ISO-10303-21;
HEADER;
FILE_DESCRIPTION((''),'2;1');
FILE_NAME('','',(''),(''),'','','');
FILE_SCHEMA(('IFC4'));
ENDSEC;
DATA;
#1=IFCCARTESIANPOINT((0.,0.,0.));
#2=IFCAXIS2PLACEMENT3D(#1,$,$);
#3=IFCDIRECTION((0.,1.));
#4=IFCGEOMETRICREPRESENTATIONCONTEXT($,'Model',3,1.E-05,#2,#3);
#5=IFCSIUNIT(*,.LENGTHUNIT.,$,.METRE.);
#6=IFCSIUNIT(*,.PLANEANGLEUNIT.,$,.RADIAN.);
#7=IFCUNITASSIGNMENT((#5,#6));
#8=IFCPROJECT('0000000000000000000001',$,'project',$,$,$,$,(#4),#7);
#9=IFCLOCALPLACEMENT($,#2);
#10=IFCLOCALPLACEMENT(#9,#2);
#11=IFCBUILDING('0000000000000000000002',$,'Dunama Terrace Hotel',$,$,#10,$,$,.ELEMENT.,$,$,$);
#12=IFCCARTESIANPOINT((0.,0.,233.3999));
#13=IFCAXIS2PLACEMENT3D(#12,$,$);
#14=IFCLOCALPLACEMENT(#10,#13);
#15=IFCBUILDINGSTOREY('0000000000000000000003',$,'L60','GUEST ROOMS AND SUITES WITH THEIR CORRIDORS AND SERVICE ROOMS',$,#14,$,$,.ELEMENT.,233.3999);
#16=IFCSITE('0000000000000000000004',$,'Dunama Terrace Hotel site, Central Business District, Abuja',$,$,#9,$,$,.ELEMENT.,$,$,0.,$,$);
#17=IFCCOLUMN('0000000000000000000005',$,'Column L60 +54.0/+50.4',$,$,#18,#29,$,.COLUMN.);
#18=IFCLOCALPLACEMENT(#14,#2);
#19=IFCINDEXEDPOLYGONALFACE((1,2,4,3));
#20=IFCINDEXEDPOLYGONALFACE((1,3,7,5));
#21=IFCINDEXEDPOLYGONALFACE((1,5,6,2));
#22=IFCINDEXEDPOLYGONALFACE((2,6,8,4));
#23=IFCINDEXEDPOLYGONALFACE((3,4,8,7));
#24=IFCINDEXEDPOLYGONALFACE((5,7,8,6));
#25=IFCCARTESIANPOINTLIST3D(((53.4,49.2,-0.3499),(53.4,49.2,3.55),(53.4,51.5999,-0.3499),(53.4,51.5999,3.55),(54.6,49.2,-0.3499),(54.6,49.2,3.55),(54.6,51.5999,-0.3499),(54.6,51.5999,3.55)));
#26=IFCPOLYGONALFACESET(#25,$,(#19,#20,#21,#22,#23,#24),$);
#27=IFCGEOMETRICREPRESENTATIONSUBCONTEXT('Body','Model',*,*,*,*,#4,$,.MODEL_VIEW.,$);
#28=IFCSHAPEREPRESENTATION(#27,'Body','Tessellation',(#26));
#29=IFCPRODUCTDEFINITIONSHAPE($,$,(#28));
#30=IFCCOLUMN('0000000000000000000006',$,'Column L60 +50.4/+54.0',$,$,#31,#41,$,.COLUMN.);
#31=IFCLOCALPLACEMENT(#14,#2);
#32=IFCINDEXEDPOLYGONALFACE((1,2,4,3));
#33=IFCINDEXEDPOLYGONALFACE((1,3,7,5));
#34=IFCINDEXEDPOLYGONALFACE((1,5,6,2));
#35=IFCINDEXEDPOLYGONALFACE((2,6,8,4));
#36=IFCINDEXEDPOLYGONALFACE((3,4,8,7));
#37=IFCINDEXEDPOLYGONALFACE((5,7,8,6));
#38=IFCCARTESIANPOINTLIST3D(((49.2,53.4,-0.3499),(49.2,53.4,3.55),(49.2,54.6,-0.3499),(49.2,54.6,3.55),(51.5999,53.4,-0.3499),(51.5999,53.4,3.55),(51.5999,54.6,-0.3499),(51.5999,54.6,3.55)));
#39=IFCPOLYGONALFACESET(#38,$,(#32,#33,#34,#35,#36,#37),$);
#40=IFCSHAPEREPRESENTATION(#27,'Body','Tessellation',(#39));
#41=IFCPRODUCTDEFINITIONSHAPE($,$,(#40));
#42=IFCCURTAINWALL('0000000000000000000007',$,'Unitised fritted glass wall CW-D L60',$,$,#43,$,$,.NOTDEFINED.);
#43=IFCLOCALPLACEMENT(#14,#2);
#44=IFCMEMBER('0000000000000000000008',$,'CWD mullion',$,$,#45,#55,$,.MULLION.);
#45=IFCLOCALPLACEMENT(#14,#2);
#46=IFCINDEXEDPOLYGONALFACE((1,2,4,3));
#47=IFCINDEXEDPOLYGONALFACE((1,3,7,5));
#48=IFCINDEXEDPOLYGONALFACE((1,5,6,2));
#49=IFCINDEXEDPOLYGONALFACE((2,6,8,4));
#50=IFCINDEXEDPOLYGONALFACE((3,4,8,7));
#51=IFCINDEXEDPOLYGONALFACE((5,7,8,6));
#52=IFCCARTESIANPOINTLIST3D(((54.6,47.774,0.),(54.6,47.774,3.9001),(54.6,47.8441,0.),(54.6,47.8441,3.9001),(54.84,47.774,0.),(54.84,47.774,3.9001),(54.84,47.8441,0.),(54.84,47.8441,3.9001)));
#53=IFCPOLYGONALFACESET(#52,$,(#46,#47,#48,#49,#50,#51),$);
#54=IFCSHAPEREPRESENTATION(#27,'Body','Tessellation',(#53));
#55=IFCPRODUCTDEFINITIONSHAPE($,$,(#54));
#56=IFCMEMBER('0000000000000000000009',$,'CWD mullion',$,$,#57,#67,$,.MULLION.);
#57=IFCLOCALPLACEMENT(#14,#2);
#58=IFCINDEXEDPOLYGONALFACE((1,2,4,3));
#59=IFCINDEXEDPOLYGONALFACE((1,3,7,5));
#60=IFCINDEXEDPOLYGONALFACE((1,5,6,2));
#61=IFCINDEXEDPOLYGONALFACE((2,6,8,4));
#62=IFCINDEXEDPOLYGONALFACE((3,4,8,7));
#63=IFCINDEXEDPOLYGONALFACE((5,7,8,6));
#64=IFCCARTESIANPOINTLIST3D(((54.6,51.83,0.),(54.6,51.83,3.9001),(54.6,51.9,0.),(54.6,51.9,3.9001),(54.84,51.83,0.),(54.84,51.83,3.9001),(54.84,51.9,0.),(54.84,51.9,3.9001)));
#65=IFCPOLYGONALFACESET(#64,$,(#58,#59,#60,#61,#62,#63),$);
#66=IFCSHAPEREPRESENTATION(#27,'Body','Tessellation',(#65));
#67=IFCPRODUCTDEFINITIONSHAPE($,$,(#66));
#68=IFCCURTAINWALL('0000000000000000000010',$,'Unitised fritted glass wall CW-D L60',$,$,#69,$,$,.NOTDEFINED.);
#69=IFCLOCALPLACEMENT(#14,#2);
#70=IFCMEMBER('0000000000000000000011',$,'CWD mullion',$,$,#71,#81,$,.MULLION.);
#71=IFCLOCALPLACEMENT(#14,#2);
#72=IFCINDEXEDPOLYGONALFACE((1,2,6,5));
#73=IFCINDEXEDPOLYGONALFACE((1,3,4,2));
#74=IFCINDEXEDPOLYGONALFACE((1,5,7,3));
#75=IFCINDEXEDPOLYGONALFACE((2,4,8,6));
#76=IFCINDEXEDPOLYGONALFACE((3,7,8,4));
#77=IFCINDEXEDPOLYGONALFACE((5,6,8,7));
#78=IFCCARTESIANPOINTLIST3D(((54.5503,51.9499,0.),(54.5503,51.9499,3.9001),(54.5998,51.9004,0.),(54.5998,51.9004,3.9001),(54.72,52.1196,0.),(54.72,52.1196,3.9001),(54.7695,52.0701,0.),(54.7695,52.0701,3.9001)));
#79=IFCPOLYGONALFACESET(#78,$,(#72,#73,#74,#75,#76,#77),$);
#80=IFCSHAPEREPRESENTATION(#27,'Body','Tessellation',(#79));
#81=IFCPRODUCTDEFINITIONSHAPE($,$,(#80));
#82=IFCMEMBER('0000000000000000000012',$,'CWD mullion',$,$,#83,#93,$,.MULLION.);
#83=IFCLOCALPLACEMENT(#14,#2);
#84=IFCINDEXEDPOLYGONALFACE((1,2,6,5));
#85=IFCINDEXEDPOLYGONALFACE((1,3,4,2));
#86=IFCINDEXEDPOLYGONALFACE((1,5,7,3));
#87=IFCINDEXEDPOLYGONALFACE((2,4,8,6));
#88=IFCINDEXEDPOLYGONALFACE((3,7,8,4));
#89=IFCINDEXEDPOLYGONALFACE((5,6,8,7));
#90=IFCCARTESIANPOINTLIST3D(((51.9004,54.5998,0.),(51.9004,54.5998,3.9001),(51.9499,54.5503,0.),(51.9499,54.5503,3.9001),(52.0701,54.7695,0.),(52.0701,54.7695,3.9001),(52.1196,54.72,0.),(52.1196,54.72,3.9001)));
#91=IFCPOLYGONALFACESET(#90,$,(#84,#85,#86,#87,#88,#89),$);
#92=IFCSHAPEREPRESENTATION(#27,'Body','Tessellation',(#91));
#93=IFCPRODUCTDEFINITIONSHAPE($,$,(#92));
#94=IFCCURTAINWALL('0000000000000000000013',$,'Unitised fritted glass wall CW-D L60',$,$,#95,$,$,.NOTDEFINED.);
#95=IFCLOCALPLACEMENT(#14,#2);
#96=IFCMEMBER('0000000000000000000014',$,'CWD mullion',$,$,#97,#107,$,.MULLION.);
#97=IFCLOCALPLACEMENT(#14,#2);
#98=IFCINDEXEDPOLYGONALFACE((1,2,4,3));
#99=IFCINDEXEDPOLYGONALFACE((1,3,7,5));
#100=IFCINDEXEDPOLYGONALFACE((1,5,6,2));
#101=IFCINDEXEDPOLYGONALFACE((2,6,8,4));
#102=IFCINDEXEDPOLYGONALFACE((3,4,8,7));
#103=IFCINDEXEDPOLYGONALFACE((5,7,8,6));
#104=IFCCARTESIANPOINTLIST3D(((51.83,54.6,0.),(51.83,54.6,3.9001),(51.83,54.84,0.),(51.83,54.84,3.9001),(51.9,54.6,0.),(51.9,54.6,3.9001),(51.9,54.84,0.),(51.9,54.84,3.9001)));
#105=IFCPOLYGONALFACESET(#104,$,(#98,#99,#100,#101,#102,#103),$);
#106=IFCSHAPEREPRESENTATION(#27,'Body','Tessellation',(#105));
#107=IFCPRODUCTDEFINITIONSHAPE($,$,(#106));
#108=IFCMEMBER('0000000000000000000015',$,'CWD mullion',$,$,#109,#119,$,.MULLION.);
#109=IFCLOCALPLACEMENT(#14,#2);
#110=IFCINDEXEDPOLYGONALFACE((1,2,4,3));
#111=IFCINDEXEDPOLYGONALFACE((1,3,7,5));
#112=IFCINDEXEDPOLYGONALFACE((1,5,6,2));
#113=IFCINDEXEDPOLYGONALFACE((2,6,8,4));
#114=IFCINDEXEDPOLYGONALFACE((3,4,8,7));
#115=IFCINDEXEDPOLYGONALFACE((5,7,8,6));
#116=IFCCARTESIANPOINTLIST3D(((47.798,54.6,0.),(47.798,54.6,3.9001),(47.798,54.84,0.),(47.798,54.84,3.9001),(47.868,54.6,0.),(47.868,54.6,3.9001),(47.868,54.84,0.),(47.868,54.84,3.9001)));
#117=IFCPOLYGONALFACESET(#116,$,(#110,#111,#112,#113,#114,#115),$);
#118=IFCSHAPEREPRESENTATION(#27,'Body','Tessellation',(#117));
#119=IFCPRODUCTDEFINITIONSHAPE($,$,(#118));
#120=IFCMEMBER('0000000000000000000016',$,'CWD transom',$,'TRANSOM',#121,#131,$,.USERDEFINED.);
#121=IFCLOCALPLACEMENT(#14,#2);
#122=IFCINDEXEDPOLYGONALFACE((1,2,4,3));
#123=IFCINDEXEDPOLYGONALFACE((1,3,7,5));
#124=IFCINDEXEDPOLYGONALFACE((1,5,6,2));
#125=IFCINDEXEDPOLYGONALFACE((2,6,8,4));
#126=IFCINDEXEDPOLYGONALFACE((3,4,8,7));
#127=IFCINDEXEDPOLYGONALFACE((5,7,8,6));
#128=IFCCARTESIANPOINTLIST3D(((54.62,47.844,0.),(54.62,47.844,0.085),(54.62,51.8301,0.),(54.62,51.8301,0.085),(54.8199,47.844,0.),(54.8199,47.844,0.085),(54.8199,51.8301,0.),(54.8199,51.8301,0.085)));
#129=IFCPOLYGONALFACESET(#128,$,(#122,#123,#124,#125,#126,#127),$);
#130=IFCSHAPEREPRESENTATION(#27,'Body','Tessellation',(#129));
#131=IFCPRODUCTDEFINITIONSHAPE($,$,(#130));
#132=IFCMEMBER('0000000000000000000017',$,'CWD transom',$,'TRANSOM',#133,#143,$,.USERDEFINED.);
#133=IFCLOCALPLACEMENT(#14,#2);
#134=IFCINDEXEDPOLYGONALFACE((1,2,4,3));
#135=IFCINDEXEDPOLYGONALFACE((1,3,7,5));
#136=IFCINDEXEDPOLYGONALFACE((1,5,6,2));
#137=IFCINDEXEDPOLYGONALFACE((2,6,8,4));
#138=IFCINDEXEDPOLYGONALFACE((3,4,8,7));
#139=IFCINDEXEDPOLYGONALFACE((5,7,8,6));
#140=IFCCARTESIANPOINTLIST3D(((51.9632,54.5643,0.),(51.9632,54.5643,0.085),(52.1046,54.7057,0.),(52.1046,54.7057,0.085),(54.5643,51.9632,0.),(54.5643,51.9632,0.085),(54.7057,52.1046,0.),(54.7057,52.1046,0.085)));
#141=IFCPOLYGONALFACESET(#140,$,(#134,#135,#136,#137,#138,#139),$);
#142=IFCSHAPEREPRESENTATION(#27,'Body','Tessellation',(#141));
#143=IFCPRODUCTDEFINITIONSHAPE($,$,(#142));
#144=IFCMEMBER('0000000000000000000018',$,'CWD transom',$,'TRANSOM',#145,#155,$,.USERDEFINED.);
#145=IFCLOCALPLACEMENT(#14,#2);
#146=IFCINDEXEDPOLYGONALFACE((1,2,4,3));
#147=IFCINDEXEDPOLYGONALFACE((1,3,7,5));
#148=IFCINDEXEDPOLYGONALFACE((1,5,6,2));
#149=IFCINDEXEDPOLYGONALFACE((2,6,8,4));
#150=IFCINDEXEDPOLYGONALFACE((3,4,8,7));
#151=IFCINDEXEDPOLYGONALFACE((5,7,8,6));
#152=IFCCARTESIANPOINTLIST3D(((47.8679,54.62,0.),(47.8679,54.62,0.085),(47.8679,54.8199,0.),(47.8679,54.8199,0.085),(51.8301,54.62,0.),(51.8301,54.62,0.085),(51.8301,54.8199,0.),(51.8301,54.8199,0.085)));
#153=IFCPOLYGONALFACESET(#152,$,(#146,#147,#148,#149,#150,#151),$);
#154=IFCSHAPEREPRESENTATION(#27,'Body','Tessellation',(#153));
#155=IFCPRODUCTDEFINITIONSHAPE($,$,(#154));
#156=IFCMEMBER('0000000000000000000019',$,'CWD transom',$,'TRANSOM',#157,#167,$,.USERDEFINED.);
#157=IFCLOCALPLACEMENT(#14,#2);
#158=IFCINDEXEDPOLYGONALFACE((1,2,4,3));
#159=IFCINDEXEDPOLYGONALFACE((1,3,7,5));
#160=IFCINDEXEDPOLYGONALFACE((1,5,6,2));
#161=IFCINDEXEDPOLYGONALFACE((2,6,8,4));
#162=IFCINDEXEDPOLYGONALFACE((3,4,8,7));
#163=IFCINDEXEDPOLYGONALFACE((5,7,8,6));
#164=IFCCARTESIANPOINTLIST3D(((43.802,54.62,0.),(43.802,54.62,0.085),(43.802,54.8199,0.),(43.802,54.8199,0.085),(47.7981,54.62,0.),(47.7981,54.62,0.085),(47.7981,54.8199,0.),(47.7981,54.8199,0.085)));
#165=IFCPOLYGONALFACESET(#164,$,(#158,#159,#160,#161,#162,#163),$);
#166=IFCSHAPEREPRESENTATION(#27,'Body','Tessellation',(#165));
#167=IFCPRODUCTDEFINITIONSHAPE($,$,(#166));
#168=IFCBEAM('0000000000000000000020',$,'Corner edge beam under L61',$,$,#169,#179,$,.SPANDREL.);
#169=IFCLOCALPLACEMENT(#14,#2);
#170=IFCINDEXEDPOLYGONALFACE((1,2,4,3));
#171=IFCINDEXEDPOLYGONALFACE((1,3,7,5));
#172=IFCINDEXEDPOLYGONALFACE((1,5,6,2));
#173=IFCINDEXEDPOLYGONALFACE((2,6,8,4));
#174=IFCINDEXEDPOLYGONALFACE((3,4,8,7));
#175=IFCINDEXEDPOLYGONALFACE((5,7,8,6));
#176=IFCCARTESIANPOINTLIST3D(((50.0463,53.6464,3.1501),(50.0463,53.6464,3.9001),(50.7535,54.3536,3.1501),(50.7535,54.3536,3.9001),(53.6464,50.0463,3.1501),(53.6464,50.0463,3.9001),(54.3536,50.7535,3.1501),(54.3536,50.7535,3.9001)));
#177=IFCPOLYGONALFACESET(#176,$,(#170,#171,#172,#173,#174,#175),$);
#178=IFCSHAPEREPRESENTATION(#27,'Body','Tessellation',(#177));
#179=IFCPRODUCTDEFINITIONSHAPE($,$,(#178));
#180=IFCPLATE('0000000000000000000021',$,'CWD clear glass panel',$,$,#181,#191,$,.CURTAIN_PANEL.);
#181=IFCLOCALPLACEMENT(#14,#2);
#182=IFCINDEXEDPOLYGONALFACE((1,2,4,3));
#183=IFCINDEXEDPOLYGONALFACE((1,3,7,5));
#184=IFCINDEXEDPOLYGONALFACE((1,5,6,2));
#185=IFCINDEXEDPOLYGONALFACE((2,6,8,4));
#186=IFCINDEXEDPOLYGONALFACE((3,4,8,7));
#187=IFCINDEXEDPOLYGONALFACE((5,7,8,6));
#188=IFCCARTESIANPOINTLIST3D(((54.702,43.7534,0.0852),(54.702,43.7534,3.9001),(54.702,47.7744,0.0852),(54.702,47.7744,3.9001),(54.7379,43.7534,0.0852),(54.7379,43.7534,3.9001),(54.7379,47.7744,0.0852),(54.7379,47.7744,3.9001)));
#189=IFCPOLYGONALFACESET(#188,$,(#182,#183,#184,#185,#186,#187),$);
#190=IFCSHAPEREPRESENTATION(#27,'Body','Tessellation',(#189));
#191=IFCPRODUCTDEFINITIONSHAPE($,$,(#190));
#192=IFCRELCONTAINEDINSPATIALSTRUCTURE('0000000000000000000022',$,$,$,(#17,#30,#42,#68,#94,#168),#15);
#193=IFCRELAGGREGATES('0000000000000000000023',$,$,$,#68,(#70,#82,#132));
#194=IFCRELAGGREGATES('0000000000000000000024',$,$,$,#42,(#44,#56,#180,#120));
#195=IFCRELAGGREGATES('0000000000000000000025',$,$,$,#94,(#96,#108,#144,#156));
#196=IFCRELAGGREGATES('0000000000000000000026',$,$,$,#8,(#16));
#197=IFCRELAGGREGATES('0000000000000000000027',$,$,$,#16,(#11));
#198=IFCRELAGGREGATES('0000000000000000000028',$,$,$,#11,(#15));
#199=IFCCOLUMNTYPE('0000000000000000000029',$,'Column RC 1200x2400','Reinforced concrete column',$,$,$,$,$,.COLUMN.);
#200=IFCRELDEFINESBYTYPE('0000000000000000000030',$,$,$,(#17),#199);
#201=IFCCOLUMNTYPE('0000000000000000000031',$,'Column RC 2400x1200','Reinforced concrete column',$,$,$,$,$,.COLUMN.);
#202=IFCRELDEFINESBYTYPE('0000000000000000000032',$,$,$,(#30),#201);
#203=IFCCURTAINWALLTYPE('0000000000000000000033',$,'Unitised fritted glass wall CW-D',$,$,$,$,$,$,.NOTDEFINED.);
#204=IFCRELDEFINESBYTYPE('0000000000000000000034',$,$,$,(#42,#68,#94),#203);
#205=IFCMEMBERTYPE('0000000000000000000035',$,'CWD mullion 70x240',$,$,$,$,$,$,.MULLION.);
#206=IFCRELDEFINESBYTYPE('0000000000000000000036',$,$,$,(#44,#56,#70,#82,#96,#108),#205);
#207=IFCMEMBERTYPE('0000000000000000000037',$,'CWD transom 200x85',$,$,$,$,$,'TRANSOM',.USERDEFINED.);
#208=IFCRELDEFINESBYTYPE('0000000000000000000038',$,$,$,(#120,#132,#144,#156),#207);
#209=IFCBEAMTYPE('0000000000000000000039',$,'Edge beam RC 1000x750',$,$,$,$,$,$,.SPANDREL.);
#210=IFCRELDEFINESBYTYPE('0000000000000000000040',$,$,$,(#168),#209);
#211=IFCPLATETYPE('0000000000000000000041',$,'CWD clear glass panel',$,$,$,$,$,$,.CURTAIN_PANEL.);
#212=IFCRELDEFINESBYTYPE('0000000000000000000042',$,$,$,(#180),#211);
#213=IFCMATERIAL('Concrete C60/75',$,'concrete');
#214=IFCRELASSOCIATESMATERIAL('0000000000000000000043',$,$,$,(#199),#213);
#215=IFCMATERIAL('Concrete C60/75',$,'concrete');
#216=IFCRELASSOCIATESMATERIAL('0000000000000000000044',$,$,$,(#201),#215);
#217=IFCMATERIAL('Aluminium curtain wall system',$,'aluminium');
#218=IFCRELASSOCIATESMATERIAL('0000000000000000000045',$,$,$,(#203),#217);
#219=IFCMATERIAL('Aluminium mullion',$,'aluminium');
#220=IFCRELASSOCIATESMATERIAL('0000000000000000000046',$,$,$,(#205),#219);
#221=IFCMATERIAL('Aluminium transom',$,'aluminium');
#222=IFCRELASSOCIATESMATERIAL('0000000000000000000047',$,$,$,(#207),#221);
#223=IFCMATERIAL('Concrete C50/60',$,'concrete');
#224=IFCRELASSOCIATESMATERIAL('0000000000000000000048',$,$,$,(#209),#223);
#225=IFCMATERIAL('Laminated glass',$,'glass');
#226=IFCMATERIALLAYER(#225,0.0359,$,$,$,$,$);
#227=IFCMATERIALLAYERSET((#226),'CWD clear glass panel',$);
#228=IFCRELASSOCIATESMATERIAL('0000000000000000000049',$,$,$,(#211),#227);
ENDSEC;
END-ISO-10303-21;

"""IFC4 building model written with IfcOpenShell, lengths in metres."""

from ifc_helpers import new_model, si_unit, direction, frame, origin, origin_2d, place, context, subcontext, project, spatial, rectangle, extrude, material, layer, layer_set, material_profile, profile_set, type_object, element, aggregate, save


model = new_model("IFC4")

# Units and contexts
model_context = context("Model", 3, precision=1e-05, world=origin(), true_north=direction((0.0, 1.0)))
body_context = subcontext(model_context, "Body", "Model", "MODEL_VIEW")
ifc_project = project(units=[si_unit("LENGTHUNIT", "METRE"), si_unit("PLANEANGLEUNIT", "RADIAN")], contexts=[model_context])

# Site, building, storey
site_placement = place(None, origin())
site = spatial("IfcSite", under=ifc_project, at=site_placement, Name="Dunama Terrace Hotel site, Central Business District, Abuja", CompositionType="ELEMENT", RefElevation=0.0)
building_placement = place(site_placement, origin())
building = spatial("IfcBuilding", under=site, at=building_placement, Name="Dunama Terrace Hotel", CompositionType="ELEMENT")
storey_placement = place(building_placement, frame((0.0, 0.0, 233.3999)))
storey = spatial("IfcBuildingStorey", under=building, at=storey_placement, Name="L60", Description="GUEST ROOMS AND SUITES WITH THEIR CORRIDORS AND SERVICE ROOMS", CompositionType="ELEMENT", Elevation=233.3999)

# Columns
ifc_material_1 = material(Name="Concrete C60/75", Category="concrete")
ifc_material_profile_1 = material_profile(ifc_material_1, rectangle(XDim=1.2, YDim=2.3999, at=origin_2d()), Name="RC 1200x2400")
ifc_profile_set_1 = profile_set([ifc_material_profile_1], Name="Concrete C60/75")
column_type_1 = type_object("IfcColumnType", Name="Column RC 1200x2400", Description="Reinforced concrete column", PredefinedType="COLUMN", material=ifc_profile_set_1)
column_1_placement = place(storey_placement, frame((54.0, 50.3999, -0.3499), z_axis=(0.0, 0.0, 1.0), x_axis=(1.0, 0.0, 0.0)))
element("IfcColumn", 1, at=column_1_placement, inside=storey, type_object=column_type_1, Name="Column L60 +54.0/+50.4", PredefinedType="COLUMN", context=body_context, shape_type="SweptSolid", body=[
    extrude(rectangle(XDim=1.2, YDim=2.3999, at=origin_2d()), origin(), (0.0, 0.0, 1.0), 3.8999),
])
ifc_material_2 = material(Name="Concrete C60/75", Category="concrete")
ifc_material_profile_2 = material_profile(ifc_material_2, rectangle(XDim=2.3999, YDim=1.2, at=origin_2d()), Name="RC 2400x1200")
ifc_profile_set_2 = profile_set([ifc_material_profile_2], Name="Concrete C60/75")
column_type_2 = type_object("IfcColumnType", Name="Column RC 2400x1200", Description="Reinforced concrete column", PredefinedType="COLUMN", material=ifc_profile_set_2)
column_2_placement = place(storey_placement, frame((50.3999, 54.0, -0.3499), z_axis=(0.0, 0.0, 1.0), x_axis=(1.0, 0.0, 0.0)))
element("IfcColumn", 2, at=column_2_placement, inside=storey, type_object=column_type_2, Name="Column L60 +50.4/+54.0", PredefinedType="COLUMN", context=body_context, shape_type="SweptSolid", body=[
    extrude(rectangle(XDim=2.3999, YDim=1.2, at=origin_2d()), origin(), (0.0, 0.0, 1.0), 3.8999),
])

# Curtain walls, members
ifc_material_3 = material(Name="Aluminium curtain wall system", Category="aluminium")
curtain_wall_type = type_object("IfcCurtainWallType", Name="Unitised fritted glass wall CW-D", PredefinedType="NOTDEFINED", material=ifc_material_3)
curtain_wall_1_placement = place(storey_placement, origin())
curtain_wall_1 = element("IfcCurtainWall", 3, at=curtain_wall_1_placement, inside=storey, type_object=curtain_wall_type, Name="Unitised fritted glass wall CW-D L60", PredefinedType="NOTDEFINED")
ifc_material_4 = material(Name="Aluminium mullion", Category="aluminium")
ifc_material_profile_3 = material_profile(ifc_material_4, rectangle(XDim=0.0701, YDim=0.24, at=origin_2d()), Name="CWD MULLION 70X240")
ifc_profile_set_3 = profile_set([ifc_material_profile_3], Name="Aluminium mullion")
member_type_1 = type_object("IfcMemberType", Name="CWD mullion 70x240", PredefinedType="MULLION", material=ifc_profile_set_3)
member_1_placement = place(storey_placement, frame((54.72, 47.8091, 0.0), z_axis=(0.0, 0.0, 1.0), x_axis=(0.0, 1.0, 0.0)))
member_1 = element("IfcMember", 4, at=member_1_placement, type_object=member_type_1, Name="CWD mullion", PredefinedType="MULLION", context=body_context, shape_type="SweptSolid", body=[
    extrude(rectangle(XDim=0.0701, YDim=0.24, at=origin_2d()), origin(), (0.0, 0.0, 1.0), 3.9001),
])
member_2_placement = place(storey_placement, frame((54.72, 51.865, 0.0), z_axis=(0.0, 0.0, 1.0), x_axis=(0.0, 1.0, 0.0)))
member_2 = element("IfcMember", 5, at=member_2_placement, type_object=member_type_1, Name="CWD mullion", PredefinedType="MULLION", context=body_context, shape_type="SweptSolid", body=[
    extrude(rectangle(XDim=0.0701, YDim=0.24, at=origin_2d()), origin(), (0.0, 0.0, 1.0), 3.9001),
])
curtain_wall_2_placement = place(storey_placement, origin())
curtain_wall_2 = element("IfcCurtainWall", 6, at=curtain_wall_2_placement, inside=storey, type_object=curtain_wall_type, Name="Unitised fritted glass wall CW-D L60", PredefinedType="NOTDEFINED")
member_3_placement = place(storey_placement, frame((54.6599, 52.01, 0.0), z_axis=(0.0, 0.0, 1.0), x_axis=(-0.707107, 0.707107, 0.0)))
member_3 = element("IfcMember", 7, at=member_3_placement, type_object=member_type_1, Name="CWD mullion", PredefinedType="MULLION", context=body_context, shape_type="SweptSolid", body=[
    extrude(rectangle(XDim=0.0701, YDim=0.24, at=origin_2d()), origin(), (0.0, 0.0, 1.0), 3.9001),
])
member_4_placement = place(storey_placement, frame((52.01, 54.6599, 0.0), z_axis=(0.0, 0.0, 1.0), x_axis=(-0.707107, 0.707107, 0.0)))
member_4 = element("IfcMember", 8, at=member_4_placement, type_object=member_type_1, Name="CWD mullion", PredefinedType="MULLION", context=body_context, shape_type="SweptSolid", body=[
    extrude(rectangle(XDim=0.0701, YDim=0.24, at=origin_2d()), origin(), (0.0, 0.0, 1.0), 3.9001),
])
curtain_wall_3_placement = place(storey_placement, origin())
curtain_wall_3 = element("IfcCurtainWall", 9, at=curtain_wall_3_placement, inside=storey, type_object=curtain_wall_type, Name="Unitised fritted glass wall CW-D L60", PredefinedType="NOTDEFINED")
member_5_placement = place(storey_placement, frame((51.865, 54.72, 0.0), z_axis=(0.0, 0.0, 1.0), x_axis=(-1.0, 0.0, 0.0)))
member_5 = element("IfcMember", 10, at=member_5_placement, type_object=member_type_1, Name="CWD mullion", PredefinedType="MULLION", context=body_context, shape_type="SweptSolid", body=[
    extrude(rectangle(XDim=0.0701, YDim=0.24, at=origin_2d()), origin(), (0.0, 0.0, 1.0), 3.9001),
])
member_6_placement = place(storey_placement, frame((47.833, 54.72, 0.0), z_axis=(0.0, 0.0, 1.0), x_axis=(-1.0, 0.0, 0.0)))
member_6 = element("IfcMember", 11, at=member_6_placement, type_object=member_type_1, Name="CWD mullion", PredefinedType="MULLION", context=body_context, shape_type="SweptSolid", body=[
    extrude(rectangle(XDim=0.0701, YDim=0.24, at=origin_2d()), origin(), (0.0, 0.0, 1.0), 3.9001),
])

# Members
ifc_material_5 = material(Name="Aluminium transom", Category="aluminium")
ifc_material_profile_4 = material_profile(ifc_material_5, rectangle(XDim=0.2, YDim=0.085, at=origin_2d()), Name="CWD TRANSOM 200X85")
ifc_profile_set_4 = profile_set([ifc_material_profile_4], Name="Aluminium transom")
member_type_2 = type_object("IfcMemberType", Name="CWD transom 200x85", ElementType="TRANSOM", PredefinedType="USERDEFINED", material=ifc_profile_set_4)
member_7_placement = place(storey_placement, frame((54.72, 47.844, 0.0425), z_axis=(0.0, 1.0, 0.0), x_axis=(-1.0, 0.0, 0.0)))
member_7 = element("IfcMember", 12, at=member_7_placement, type_object=member_type_2, Name="CWD transom", ObjectType="TRANSOM", PredefinedType="USERDEFINED", context=body_context, shape_type="SweptSolid", body=[
    extrude(rectangle(XDim=0.2, YDim=0.085, at=origin_2d()), origin(), (0.0, 0.0, 1.0), 3.9861),
])
member_8_placement = place(storey_placement, frame((54.635, 52.0339, 0.0425), z_axis=(-0.707107, 0.707107, 0.0), x_axis=(-0.707107, -0.707107, 0.0)))
member_8 = element("IfcMember", 13, at=member_8_placement, type_object=member_type_2, Name="CWD transom", ObjectType="TRANSOM", PredefinedType="USERDEFINED", context=body_context, shape_type="SweptSolid", body=[
    extrude(rectangle(XDim=0.2, YDim=0.085, at=origin_2d()), origin(), (0.0, 0.0, 1.0), 3.6785),
])
member_9_placement = place(storey_placement, frame((51.8301, 54.72, 0.0425), z_axis=(-1.0, 0.0, 0.0), x_axis=(0.0, -1.0, 0.0)))
member_9 = element("IfcMember", 14, at=member_9_placement, type_object=member_type_2, Name="CWD transom", ObjectType="TRANSOM", PredefinedType="USERDEFINED", context=body_context, shape_type="SweptSolid", body=[
    extrude(rectangle(XDim=0.2, YDim=0.085, at=origin_2d()), origin(), (0.0, 0.0, 1.0), 3.9622),
])
member_10_placement = place(storey_placement, frame((47.7981, 54.72, 0.0425), z_axis=(-1.0, 0.0, 0.0), x_axis=(0.0, -1.0, 0.0)))
member_10 = element("IfcMember", 15, at=member_10_placement, type_object=member_type_2, Name="CWD transom", ObjectType="TRANSOM", PredefinedType="USERDEFINED", context=body_context, shape_type="SweptSolid", body=[
    extrude(rectangle(XDim=0.2, YDim=0.085, at=origin_2d()), origin(), (0.0, 0.0, 1.0), 3.9961),
])

# Beam
ifc_material_6 = material(Name="Concrete C50/60", Category="concrete")
ifc_material_profile_5 = material_profile(ifc_material_6, rectangle(XDim=1.0, YDim=0.75, at=origin_2d()), Name="RC 1000x750")
ifc_profile_set_5 = profile_set([ifc_material_profile_5], Name="Concrete C50/60")
beam_type = type_object("IfcBeamType", Name="Edge beam RC 1000x750", PredefinedType="SPANDREL", material=ifc_profile_set_5)
beam_placement = place(storey_placement, frame((50.3999, 54.0, 3.5251), z_axis=(0.707107, -0.707107, 0.0), x_axis=(0.707107, 0.707107, 0.0)))
element("IfcBeam", 16, at=beam_placement, inside=storey, type_object=beam_type, Name="Corner edge beam under L61", PredefinedType="SPANDREL", context=body_context, shape_type="SweptSolid", body=[
    extrude(rectangle(XDim=1.0, YDim=0.75, at=origin_2d()), origin(), (0.0, 0.0, 1.0), 5.0913),
])

# Plate
ifc_material_7 = material(Name="Laminated glass", Category="glass")
ifc_layer_1 = layer(ifc_material_7, 0.0359)
ifc_layer_set_1 = layer_set([ifc_layer_1], Name="CWD clear glass panel")
plate_type_1 = type_object("IfcPlateType", Name="CWD clear glass panel", PredefinedType="CURTAIN_PANEL", material=ifc_layer_set_1)
plate_1_placement = place(storey_placement, frame((54.72, 45.7639, 0.0852), z_axis=(0.0, 0.0, 1.0), x_axis=(0.0, 1.0, 0.0)))
plate_1 = element("IfcPlate", 17, at=plate_1_placement, type_object=plate_type_1, Name="CWD clear glass panel", PredefinedType="CURTAIN_PANEL", context=body_context, shape_type="SweptSolid", body=[
    extrude(rectangle(XDim=4.021, YDim=0.0359, at=origin_2d()), origin(), (0.0, 0.0, 1.0), 3.8149),
])
aggregate(curtain_wall_2, [member_3, member_4, member_8])
aggregate(curtain_wall_1, [member_1, member_2, plate_1, member_7])
aggregate(curtain_wall_3, [member_5, member_6, member_9, member_10])

save(model, "model.ifc")
